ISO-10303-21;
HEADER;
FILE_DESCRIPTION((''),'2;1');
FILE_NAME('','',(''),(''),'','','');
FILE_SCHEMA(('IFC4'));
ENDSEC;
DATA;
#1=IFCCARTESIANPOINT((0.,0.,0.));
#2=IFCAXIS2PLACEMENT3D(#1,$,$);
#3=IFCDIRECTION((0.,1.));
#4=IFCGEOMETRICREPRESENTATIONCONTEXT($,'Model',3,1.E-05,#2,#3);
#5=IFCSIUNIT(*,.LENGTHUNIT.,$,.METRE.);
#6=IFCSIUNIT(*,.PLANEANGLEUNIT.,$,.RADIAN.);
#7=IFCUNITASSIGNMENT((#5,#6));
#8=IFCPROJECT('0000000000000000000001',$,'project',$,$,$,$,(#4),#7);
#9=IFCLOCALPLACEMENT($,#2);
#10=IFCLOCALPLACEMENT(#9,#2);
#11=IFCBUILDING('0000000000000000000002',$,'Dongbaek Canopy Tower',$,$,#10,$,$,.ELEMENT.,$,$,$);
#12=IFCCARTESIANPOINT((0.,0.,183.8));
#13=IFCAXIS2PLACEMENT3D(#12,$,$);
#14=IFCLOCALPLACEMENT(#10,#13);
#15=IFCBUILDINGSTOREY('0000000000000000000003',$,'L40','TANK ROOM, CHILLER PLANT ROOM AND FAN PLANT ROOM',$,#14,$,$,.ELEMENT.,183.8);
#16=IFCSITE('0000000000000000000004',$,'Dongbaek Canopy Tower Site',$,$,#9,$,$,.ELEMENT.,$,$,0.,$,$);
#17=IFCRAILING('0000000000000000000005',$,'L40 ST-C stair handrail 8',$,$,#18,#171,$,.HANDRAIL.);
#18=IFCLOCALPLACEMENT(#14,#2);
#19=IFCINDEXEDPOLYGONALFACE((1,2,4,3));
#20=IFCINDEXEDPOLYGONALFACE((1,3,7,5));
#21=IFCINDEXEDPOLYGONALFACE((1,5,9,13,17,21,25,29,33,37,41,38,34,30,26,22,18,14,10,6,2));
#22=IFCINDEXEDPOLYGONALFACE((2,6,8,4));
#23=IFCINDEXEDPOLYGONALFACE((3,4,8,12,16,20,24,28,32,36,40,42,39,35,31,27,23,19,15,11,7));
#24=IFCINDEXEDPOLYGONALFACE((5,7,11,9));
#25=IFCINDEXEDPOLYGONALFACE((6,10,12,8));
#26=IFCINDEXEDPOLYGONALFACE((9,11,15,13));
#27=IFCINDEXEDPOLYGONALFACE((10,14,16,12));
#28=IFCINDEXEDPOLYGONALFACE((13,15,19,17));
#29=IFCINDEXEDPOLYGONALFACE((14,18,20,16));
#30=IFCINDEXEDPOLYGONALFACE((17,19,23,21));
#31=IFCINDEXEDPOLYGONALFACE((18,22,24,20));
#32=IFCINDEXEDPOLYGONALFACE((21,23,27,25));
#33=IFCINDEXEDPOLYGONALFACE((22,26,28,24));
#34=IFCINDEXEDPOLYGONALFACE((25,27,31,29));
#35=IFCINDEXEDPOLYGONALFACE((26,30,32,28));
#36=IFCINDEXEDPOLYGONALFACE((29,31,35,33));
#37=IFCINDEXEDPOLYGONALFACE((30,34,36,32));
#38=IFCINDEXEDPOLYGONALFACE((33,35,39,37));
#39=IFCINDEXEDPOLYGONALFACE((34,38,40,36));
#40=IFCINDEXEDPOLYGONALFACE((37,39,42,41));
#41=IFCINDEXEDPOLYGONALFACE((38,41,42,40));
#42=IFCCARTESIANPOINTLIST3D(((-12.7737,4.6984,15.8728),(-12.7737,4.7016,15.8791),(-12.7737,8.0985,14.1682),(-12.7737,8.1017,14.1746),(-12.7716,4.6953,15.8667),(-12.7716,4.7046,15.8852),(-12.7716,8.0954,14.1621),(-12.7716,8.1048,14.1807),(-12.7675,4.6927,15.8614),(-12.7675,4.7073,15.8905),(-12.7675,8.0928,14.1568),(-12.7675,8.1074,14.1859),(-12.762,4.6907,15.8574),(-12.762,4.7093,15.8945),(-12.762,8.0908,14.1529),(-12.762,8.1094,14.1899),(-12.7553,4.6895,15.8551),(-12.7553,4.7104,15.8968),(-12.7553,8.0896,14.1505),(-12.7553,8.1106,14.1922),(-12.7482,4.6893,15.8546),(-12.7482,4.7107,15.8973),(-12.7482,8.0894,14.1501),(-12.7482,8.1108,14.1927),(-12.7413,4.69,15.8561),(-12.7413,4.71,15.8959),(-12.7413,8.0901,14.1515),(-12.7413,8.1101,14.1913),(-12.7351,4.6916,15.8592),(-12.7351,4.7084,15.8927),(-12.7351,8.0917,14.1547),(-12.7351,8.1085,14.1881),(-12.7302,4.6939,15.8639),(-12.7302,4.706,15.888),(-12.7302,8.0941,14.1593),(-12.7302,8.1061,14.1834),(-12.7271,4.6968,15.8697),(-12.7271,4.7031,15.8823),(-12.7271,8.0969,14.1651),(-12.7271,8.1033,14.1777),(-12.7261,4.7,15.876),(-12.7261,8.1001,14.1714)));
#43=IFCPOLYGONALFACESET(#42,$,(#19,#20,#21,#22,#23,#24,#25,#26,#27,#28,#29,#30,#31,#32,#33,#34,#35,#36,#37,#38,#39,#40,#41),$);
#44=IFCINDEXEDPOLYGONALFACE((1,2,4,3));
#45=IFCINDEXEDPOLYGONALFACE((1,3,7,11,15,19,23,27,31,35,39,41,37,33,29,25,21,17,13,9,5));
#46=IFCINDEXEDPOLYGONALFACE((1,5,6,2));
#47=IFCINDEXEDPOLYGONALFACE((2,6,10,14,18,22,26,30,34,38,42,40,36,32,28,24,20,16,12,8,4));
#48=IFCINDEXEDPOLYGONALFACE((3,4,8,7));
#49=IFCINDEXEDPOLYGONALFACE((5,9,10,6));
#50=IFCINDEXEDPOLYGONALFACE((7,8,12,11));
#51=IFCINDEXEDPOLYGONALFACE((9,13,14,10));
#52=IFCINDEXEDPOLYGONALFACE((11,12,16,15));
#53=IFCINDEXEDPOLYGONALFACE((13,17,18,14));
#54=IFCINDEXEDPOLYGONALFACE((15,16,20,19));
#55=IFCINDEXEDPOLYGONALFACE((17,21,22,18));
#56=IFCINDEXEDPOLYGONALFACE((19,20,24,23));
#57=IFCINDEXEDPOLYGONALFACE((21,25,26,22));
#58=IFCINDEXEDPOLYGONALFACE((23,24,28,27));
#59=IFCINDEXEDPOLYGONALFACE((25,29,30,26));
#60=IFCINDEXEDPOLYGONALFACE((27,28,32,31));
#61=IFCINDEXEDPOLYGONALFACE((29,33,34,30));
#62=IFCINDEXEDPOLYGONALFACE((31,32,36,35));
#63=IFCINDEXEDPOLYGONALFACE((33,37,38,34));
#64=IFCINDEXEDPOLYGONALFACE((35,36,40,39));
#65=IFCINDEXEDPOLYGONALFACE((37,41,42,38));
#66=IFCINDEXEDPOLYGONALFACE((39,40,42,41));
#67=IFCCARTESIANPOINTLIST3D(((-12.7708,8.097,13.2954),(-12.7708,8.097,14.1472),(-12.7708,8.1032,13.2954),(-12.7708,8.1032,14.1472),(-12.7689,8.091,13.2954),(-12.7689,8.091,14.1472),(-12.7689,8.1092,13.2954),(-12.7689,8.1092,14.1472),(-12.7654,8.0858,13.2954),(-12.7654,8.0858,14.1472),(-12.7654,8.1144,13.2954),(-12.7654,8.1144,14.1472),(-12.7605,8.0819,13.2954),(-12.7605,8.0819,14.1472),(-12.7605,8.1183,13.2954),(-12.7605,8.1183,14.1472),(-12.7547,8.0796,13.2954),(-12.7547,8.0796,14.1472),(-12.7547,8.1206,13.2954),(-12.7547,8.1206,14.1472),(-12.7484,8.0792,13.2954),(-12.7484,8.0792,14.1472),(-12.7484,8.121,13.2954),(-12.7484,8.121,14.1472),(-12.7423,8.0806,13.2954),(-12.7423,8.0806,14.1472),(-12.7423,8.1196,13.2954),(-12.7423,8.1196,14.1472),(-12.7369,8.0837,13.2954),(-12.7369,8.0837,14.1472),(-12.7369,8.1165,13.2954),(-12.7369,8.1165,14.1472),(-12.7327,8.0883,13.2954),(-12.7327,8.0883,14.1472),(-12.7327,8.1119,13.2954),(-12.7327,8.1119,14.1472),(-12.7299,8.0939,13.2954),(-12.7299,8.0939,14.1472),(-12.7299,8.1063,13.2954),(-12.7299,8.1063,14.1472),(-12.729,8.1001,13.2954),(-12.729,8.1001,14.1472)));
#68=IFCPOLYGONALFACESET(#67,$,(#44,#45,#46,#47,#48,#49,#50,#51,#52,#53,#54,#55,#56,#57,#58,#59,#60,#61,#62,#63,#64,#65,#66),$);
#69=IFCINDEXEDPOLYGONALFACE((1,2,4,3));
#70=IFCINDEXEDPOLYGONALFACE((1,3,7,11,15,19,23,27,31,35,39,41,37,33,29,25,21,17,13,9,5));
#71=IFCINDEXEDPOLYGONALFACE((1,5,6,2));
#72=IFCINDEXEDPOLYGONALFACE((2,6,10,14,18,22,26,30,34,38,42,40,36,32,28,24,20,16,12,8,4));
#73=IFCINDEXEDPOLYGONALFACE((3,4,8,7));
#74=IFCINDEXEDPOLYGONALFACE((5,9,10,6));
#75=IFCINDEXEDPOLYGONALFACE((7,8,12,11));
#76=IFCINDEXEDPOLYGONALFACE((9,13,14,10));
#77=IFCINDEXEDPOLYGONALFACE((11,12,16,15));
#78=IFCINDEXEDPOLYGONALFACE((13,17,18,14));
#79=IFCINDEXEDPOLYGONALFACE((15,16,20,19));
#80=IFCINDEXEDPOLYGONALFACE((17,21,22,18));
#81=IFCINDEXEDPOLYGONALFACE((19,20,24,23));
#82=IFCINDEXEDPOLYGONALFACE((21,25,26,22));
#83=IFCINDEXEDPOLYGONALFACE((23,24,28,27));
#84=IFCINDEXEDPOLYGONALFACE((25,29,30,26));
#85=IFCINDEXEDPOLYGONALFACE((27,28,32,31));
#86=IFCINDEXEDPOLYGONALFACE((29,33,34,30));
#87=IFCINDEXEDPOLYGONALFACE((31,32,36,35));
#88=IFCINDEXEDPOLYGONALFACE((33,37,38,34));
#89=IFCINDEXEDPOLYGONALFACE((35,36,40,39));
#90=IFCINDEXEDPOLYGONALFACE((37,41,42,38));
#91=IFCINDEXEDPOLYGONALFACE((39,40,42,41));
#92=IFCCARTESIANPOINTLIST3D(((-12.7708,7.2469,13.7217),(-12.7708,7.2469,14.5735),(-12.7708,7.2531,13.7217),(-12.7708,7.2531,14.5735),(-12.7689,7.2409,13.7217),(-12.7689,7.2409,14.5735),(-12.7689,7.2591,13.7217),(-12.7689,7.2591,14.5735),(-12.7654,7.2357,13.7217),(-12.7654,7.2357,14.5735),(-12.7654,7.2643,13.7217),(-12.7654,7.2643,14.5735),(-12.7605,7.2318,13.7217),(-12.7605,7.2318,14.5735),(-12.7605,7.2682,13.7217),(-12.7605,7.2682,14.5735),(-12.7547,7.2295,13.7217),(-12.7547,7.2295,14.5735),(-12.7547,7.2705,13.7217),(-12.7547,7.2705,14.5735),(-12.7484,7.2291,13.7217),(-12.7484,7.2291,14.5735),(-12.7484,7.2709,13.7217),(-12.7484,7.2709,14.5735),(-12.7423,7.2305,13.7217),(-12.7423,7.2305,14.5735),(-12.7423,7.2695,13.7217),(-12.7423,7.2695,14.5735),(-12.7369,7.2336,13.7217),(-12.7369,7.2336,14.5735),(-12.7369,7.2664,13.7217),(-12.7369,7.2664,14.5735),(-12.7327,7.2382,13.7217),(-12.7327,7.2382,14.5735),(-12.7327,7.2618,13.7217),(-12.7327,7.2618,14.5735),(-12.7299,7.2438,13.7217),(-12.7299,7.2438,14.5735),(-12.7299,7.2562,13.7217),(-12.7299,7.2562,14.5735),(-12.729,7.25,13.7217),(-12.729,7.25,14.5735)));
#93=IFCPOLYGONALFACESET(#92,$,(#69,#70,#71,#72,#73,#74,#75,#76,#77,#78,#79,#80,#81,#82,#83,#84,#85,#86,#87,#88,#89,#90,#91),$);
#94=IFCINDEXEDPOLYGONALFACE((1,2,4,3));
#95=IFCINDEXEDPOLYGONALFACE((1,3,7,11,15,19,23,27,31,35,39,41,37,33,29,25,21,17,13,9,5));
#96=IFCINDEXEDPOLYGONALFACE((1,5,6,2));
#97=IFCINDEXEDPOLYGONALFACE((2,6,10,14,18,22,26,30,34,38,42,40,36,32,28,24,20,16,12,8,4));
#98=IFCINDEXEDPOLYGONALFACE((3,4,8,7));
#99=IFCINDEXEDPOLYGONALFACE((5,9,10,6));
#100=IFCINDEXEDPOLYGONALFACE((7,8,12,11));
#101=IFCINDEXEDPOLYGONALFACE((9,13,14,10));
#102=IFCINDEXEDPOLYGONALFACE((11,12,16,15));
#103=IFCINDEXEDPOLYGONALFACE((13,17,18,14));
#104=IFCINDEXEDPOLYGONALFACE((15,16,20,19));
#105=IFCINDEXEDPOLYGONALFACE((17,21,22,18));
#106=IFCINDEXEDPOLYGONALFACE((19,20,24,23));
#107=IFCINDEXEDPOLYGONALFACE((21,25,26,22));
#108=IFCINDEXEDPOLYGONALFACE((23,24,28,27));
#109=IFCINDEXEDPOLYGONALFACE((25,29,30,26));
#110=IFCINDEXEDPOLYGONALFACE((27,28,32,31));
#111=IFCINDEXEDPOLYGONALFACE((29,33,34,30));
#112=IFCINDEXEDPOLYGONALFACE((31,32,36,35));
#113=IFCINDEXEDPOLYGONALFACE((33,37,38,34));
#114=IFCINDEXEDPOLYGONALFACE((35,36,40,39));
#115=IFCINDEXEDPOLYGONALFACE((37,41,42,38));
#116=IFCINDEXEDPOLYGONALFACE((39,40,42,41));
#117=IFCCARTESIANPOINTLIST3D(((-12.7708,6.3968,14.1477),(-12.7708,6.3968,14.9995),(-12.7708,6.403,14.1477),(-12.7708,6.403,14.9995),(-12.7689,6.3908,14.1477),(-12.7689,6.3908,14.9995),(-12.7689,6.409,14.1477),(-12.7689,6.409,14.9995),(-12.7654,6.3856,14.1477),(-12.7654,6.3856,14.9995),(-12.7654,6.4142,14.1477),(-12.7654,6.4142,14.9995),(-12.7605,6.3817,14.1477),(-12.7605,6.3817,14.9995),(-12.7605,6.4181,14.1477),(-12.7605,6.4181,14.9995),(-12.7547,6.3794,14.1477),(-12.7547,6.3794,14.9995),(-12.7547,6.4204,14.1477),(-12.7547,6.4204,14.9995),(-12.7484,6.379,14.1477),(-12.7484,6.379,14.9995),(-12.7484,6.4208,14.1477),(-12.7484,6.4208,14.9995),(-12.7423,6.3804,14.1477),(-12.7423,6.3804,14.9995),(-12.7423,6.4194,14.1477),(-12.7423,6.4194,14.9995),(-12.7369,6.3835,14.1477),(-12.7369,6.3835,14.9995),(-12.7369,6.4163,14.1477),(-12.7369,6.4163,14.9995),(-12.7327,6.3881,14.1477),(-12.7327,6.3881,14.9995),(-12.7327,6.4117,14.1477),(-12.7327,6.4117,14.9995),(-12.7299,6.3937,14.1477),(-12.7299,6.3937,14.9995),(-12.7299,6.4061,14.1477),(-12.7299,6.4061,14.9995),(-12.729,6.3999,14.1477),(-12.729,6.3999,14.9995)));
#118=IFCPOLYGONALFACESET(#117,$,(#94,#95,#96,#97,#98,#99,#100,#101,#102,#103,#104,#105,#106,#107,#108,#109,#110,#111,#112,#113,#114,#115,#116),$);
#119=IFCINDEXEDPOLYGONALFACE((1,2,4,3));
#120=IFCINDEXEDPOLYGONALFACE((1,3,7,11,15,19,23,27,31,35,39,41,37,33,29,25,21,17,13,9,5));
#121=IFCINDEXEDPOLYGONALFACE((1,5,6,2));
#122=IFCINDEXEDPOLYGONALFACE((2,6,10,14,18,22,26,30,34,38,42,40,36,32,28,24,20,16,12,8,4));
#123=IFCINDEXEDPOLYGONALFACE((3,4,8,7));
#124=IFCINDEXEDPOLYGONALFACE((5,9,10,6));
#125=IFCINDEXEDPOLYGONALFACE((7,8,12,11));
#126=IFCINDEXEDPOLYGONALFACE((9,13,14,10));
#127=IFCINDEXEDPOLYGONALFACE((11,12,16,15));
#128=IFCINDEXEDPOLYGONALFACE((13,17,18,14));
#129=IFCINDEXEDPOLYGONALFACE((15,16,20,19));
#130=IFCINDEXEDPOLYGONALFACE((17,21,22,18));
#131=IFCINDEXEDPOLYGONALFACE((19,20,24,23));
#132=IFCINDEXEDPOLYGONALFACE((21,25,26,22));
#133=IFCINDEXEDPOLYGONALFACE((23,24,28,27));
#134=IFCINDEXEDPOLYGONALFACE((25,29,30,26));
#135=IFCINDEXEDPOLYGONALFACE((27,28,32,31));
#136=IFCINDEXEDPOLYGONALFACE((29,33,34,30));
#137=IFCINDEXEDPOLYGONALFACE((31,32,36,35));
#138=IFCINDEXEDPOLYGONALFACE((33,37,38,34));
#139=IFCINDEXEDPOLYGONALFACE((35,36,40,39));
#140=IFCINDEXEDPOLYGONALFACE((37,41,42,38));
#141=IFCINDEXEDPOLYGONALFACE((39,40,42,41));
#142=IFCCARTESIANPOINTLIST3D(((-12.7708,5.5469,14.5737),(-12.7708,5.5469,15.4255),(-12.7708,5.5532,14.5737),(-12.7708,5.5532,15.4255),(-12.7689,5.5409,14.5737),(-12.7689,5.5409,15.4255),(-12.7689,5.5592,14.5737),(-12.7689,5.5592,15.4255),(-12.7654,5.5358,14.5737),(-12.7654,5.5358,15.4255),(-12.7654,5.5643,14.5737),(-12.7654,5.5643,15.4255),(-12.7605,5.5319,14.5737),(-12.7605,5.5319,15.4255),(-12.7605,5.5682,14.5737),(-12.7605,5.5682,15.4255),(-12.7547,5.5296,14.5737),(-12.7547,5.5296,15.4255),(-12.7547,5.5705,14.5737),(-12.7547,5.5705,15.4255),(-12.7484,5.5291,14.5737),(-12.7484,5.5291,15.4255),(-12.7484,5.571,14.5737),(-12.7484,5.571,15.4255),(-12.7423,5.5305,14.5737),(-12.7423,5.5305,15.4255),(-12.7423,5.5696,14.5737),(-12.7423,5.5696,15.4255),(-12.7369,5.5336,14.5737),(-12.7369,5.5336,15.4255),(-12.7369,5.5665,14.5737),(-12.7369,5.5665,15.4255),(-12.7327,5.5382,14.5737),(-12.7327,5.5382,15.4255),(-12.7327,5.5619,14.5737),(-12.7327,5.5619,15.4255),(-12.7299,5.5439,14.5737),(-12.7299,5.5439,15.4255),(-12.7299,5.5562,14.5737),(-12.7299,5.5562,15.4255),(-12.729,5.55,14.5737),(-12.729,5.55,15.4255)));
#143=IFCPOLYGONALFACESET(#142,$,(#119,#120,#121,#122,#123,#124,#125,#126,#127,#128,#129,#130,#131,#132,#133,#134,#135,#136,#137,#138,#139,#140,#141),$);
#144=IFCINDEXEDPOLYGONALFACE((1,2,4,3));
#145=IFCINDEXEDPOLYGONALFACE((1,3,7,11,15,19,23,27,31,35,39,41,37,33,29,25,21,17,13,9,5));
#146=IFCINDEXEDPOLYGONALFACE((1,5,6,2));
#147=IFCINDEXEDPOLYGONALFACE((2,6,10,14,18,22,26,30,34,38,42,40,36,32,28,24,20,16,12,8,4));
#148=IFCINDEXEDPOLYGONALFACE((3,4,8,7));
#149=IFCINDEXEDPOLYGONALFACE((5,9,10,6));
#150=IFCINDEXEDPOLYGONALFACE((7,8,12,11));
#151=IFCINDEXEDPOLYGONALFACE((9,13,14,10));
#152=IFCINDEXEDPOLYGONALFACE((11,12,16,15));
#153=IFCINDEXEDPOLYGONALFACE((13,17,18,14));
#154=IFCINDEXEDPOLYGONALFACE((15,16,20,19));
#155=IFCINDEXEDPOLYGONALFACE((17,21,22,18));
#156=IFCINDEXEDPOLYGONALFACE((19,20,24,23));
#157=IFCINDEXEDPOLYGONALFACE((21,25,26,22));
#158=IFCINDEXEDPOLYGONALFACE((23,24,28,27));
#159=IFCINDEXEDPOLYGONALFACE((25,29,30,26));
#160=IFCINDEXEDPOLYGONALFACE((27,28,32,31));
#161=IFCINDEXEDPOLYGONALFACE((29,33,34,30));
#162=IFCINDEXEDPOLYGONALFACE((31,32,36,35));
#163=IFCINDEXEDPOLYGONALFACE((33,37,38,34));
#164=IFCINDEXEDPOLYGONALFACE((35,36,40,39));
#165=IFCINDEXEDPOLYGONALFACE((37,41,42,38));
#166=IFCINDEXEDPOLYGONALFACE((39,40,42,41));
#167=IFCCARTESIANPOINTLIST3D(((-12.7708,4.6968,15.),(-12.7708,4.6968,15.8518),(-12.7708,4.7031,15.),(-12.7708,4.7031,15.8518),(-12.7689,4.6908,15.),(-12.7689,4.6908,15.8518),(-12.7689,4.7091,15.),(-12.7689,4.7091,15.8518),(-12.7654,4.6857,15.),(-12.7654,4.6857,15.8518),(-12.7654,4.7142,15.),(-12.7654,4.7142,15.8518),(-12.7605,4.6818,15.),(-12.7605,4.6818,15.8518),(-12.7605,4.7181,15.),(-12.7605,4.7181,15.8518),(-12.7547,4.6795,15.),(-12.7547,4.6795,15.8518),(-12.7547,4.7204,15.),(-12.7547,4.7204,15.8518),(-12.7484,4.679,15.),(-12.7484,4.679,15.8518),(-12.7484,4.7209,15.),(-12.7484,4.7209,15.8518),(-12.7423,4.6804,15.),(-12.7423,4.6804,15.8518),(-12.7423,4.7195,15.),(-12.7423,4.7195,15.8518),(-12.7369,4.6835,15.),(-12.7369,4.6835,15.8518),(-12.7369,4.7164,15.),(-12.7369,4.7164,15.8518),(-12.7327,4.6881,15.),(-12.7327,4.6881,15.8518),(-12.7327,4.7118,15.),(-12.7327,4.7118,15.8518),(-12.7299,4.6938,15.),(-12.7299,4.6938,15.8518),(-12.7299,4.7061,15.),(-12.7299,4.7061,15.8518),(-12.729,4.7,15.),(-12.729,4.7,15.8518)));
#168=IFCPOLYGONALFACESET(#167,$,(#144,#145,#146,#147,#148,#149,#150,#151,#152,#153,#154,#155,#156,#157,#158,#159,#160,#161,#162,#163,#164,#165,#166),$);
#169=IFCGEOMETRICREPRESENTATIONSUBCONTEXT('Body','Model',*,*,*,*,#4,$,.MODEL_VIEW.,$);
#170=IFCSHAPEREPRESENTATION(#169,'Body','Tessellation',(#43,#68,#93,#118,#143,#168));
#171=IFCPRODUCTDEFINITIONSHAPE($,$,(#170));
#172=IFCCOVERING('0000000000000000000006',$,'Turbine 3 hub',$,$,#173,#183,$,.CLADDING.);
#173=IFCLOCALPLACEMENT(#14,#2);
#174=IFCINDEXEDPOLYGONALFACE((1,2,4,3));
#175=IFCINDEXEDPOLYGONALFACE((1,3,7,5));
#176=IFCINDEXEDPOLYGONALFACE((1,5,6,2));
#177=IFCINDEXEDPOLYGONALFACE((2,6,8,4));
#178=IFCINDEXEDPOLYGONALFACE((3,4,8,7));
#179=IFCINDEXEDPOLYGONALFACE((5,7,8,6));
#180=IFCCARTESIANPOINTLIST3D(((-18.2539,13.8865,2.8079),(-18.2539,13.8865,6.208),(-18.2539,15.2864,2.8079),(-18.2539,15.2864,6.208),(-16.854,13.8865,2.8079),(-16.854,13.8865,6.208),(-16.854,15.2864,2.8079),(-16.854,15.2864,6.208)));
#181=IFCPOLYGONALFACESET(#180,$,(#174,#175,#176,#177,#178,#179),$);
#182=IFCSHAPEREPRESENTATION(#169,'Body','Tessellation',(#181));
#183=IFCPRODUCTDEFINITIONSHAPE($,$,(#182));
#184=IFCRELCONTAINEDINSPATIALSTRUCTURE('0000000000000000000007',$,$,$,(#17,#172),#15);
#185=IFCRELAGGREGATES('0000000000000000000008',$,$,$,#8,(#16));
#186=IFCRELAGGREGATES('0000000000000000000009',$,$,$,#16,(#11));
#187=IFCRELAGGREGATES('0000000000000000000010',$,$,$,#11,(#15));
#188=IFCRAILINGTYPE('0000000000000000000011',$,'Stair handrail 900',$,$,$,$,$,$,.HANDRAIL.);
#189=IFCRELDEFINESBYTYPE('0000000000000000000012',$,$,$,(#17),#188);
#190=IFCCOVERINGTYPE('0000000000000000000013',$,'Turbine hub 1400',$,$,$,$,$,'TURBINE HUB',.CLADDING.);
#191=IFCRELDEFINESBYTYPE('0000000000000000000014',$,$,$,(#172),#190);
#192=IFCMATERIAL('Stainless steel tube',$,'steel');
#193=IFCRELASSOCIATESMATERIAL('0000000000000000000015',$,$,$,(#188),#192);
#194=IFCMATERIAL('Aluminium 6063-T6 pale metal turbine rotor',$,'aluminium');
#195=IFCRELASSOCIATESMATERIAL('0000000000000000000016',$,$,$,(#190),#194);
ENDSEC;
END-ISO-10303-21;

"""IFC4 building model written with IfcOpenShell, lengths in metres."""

from ifc_helpers import new_model, si_unit, direction, frame, origin, origin_2d, place, context, subcontext, project, spatial, rectangle, circle, extrude, material, material_profile, profile_set, type_object, element, save


model = new_model("IFC4")

# Units and contexts
model_context = context("Model", 3, precision=1e-05, world=origin(), true_north=direction((0.0, 1.0)))
body_context = subcontext(model_context, "Body", "Model", "MODEL_VIEW")
ifc_project = project(units=[si_unit("LENGTHUNIT", "METRE"), si_unit("PLANEANGLEUNIT", "RADIAN")], contexts=[model_context])

# Site, building, storey
site_placement = place(None, origin())
site = spatial("IfcSite", under=ifc_project, at=site_placement, Name="Dongbaek Canopy Tower Site", CompositionType="ELEMENT", RefElevation=0.0)
building_placement = place(site_placement, origin())
building = spatial("IfcBuilding", under=site, at=building_placement, Name="Dongbaek Canopy Tower", CompositionType="ELEMENT")
storey_placement = place(building_placement, frame((0.0, 0.0, 183.8)))
storey = spatial("IfcBuildingStorey", under=building, at=storey_placement, Name="L40", Description="TANK ROOM, CHILLER PLANT ROOM AND FAN PLANT ROOM", CompositionType="ELEMENT", Elevation=183.8)

# Railing
ifc_material_1 = material(Name="Stainless steel tube", Category="steel")
railing_type_1 = type_object("IfcRailingType", Name="Stair handrail 900", PredefinedType="HANDRAIL", material=ifc_material_1)
for number, where, name in (
    (1, (-12.75, 8.1001, 13.2954), "L40 ST-C stair handrail 8"),
):
    element("IfcRailing", number, at=place(storey_placement, frame(where)), inside=storey, type_object=railing_type_1, Name=name, PredefinedType="HANDRAIL", context=body_context, shape_type="SweptSolid", body=[
        extrude(circle(Radius=0.0239, at=origin_2d()), frame((0.0, 0.0, 0.876), z_axis=(0.0, -0.893952, 0.448163), x_axis=(1.0, 0.0, 0.0)), (0.0, 0.0, 1.0), 3.8035),
        extrude(circle(Radius=0.021, at=origin_2d()), origin(), (0.0, 0.0, 1.0), 0.8518),
        extrude(circle(Radius=0.021, at=origin_2d()), frame((0.0, -0.8501, 0.4263)), (0.0, 0.0, 1.0), 0.8518),
        extrude(circle(Radius=0.021, at=origin_2d()), frame((0.0, -1.7002, 0.8523)), (0.0, 0.0, 1.0), 0.8518),
        extrude(circle(Radius=0.021, at=origin_2d()), frame((0.0, -2.55, 1.2783)), (0.0, 0.0, 1.0), 0.8518),
        extrude(circle(Radius=0.021, at=origin_2d()), frame((0.0, -3.4001, 1.7046)), (0.0, 0.0, 1.0), 0.8518),
    ])

# Covering
ifc_material_2 = material(Name="Aluminium 6063-T6 pale metal turbine rotor", Category="aluminium")
ifc_material_profile_1 = material_profile(ifc_material_2, rectangle(XDim=1.3999, YDim=1.3999, at=origin_2d()), Name="Turbine hub 1400")
ifc_profile_set_1 = profile_set([ifc_material_profile_1], Name="Aluminium 6063-T6 pale metal turbine rotor")
covering_type = type_object("IfcCoveringType", Name="Turbine hub 1400", ElementType="TURBINE HUB", PredefinedType="CLADDING", material=ifc_profile_set_1)
covering_placement = place(storey_placement, frame((-17.554, 14.5864, 2.8079), z_axis=(0.0, 0.0, 1.0), x_axis=(1.0, 0.0, 0.0)))
element("IfcCovering", 2, at=covering_placement, inside=storey, type_object=covering_type, Name="Turbine 3 hub", PredefinedType="CLADDING", context=body_context, shape_type="SweptSolid", body=[
    extrude(rectangle(XDim=1.3999, YDim=1.3999, at=origin_2d()), origin(), (0.0, 0.0, 1.0), 3.4001),
])

save(model, "model.ifc")
